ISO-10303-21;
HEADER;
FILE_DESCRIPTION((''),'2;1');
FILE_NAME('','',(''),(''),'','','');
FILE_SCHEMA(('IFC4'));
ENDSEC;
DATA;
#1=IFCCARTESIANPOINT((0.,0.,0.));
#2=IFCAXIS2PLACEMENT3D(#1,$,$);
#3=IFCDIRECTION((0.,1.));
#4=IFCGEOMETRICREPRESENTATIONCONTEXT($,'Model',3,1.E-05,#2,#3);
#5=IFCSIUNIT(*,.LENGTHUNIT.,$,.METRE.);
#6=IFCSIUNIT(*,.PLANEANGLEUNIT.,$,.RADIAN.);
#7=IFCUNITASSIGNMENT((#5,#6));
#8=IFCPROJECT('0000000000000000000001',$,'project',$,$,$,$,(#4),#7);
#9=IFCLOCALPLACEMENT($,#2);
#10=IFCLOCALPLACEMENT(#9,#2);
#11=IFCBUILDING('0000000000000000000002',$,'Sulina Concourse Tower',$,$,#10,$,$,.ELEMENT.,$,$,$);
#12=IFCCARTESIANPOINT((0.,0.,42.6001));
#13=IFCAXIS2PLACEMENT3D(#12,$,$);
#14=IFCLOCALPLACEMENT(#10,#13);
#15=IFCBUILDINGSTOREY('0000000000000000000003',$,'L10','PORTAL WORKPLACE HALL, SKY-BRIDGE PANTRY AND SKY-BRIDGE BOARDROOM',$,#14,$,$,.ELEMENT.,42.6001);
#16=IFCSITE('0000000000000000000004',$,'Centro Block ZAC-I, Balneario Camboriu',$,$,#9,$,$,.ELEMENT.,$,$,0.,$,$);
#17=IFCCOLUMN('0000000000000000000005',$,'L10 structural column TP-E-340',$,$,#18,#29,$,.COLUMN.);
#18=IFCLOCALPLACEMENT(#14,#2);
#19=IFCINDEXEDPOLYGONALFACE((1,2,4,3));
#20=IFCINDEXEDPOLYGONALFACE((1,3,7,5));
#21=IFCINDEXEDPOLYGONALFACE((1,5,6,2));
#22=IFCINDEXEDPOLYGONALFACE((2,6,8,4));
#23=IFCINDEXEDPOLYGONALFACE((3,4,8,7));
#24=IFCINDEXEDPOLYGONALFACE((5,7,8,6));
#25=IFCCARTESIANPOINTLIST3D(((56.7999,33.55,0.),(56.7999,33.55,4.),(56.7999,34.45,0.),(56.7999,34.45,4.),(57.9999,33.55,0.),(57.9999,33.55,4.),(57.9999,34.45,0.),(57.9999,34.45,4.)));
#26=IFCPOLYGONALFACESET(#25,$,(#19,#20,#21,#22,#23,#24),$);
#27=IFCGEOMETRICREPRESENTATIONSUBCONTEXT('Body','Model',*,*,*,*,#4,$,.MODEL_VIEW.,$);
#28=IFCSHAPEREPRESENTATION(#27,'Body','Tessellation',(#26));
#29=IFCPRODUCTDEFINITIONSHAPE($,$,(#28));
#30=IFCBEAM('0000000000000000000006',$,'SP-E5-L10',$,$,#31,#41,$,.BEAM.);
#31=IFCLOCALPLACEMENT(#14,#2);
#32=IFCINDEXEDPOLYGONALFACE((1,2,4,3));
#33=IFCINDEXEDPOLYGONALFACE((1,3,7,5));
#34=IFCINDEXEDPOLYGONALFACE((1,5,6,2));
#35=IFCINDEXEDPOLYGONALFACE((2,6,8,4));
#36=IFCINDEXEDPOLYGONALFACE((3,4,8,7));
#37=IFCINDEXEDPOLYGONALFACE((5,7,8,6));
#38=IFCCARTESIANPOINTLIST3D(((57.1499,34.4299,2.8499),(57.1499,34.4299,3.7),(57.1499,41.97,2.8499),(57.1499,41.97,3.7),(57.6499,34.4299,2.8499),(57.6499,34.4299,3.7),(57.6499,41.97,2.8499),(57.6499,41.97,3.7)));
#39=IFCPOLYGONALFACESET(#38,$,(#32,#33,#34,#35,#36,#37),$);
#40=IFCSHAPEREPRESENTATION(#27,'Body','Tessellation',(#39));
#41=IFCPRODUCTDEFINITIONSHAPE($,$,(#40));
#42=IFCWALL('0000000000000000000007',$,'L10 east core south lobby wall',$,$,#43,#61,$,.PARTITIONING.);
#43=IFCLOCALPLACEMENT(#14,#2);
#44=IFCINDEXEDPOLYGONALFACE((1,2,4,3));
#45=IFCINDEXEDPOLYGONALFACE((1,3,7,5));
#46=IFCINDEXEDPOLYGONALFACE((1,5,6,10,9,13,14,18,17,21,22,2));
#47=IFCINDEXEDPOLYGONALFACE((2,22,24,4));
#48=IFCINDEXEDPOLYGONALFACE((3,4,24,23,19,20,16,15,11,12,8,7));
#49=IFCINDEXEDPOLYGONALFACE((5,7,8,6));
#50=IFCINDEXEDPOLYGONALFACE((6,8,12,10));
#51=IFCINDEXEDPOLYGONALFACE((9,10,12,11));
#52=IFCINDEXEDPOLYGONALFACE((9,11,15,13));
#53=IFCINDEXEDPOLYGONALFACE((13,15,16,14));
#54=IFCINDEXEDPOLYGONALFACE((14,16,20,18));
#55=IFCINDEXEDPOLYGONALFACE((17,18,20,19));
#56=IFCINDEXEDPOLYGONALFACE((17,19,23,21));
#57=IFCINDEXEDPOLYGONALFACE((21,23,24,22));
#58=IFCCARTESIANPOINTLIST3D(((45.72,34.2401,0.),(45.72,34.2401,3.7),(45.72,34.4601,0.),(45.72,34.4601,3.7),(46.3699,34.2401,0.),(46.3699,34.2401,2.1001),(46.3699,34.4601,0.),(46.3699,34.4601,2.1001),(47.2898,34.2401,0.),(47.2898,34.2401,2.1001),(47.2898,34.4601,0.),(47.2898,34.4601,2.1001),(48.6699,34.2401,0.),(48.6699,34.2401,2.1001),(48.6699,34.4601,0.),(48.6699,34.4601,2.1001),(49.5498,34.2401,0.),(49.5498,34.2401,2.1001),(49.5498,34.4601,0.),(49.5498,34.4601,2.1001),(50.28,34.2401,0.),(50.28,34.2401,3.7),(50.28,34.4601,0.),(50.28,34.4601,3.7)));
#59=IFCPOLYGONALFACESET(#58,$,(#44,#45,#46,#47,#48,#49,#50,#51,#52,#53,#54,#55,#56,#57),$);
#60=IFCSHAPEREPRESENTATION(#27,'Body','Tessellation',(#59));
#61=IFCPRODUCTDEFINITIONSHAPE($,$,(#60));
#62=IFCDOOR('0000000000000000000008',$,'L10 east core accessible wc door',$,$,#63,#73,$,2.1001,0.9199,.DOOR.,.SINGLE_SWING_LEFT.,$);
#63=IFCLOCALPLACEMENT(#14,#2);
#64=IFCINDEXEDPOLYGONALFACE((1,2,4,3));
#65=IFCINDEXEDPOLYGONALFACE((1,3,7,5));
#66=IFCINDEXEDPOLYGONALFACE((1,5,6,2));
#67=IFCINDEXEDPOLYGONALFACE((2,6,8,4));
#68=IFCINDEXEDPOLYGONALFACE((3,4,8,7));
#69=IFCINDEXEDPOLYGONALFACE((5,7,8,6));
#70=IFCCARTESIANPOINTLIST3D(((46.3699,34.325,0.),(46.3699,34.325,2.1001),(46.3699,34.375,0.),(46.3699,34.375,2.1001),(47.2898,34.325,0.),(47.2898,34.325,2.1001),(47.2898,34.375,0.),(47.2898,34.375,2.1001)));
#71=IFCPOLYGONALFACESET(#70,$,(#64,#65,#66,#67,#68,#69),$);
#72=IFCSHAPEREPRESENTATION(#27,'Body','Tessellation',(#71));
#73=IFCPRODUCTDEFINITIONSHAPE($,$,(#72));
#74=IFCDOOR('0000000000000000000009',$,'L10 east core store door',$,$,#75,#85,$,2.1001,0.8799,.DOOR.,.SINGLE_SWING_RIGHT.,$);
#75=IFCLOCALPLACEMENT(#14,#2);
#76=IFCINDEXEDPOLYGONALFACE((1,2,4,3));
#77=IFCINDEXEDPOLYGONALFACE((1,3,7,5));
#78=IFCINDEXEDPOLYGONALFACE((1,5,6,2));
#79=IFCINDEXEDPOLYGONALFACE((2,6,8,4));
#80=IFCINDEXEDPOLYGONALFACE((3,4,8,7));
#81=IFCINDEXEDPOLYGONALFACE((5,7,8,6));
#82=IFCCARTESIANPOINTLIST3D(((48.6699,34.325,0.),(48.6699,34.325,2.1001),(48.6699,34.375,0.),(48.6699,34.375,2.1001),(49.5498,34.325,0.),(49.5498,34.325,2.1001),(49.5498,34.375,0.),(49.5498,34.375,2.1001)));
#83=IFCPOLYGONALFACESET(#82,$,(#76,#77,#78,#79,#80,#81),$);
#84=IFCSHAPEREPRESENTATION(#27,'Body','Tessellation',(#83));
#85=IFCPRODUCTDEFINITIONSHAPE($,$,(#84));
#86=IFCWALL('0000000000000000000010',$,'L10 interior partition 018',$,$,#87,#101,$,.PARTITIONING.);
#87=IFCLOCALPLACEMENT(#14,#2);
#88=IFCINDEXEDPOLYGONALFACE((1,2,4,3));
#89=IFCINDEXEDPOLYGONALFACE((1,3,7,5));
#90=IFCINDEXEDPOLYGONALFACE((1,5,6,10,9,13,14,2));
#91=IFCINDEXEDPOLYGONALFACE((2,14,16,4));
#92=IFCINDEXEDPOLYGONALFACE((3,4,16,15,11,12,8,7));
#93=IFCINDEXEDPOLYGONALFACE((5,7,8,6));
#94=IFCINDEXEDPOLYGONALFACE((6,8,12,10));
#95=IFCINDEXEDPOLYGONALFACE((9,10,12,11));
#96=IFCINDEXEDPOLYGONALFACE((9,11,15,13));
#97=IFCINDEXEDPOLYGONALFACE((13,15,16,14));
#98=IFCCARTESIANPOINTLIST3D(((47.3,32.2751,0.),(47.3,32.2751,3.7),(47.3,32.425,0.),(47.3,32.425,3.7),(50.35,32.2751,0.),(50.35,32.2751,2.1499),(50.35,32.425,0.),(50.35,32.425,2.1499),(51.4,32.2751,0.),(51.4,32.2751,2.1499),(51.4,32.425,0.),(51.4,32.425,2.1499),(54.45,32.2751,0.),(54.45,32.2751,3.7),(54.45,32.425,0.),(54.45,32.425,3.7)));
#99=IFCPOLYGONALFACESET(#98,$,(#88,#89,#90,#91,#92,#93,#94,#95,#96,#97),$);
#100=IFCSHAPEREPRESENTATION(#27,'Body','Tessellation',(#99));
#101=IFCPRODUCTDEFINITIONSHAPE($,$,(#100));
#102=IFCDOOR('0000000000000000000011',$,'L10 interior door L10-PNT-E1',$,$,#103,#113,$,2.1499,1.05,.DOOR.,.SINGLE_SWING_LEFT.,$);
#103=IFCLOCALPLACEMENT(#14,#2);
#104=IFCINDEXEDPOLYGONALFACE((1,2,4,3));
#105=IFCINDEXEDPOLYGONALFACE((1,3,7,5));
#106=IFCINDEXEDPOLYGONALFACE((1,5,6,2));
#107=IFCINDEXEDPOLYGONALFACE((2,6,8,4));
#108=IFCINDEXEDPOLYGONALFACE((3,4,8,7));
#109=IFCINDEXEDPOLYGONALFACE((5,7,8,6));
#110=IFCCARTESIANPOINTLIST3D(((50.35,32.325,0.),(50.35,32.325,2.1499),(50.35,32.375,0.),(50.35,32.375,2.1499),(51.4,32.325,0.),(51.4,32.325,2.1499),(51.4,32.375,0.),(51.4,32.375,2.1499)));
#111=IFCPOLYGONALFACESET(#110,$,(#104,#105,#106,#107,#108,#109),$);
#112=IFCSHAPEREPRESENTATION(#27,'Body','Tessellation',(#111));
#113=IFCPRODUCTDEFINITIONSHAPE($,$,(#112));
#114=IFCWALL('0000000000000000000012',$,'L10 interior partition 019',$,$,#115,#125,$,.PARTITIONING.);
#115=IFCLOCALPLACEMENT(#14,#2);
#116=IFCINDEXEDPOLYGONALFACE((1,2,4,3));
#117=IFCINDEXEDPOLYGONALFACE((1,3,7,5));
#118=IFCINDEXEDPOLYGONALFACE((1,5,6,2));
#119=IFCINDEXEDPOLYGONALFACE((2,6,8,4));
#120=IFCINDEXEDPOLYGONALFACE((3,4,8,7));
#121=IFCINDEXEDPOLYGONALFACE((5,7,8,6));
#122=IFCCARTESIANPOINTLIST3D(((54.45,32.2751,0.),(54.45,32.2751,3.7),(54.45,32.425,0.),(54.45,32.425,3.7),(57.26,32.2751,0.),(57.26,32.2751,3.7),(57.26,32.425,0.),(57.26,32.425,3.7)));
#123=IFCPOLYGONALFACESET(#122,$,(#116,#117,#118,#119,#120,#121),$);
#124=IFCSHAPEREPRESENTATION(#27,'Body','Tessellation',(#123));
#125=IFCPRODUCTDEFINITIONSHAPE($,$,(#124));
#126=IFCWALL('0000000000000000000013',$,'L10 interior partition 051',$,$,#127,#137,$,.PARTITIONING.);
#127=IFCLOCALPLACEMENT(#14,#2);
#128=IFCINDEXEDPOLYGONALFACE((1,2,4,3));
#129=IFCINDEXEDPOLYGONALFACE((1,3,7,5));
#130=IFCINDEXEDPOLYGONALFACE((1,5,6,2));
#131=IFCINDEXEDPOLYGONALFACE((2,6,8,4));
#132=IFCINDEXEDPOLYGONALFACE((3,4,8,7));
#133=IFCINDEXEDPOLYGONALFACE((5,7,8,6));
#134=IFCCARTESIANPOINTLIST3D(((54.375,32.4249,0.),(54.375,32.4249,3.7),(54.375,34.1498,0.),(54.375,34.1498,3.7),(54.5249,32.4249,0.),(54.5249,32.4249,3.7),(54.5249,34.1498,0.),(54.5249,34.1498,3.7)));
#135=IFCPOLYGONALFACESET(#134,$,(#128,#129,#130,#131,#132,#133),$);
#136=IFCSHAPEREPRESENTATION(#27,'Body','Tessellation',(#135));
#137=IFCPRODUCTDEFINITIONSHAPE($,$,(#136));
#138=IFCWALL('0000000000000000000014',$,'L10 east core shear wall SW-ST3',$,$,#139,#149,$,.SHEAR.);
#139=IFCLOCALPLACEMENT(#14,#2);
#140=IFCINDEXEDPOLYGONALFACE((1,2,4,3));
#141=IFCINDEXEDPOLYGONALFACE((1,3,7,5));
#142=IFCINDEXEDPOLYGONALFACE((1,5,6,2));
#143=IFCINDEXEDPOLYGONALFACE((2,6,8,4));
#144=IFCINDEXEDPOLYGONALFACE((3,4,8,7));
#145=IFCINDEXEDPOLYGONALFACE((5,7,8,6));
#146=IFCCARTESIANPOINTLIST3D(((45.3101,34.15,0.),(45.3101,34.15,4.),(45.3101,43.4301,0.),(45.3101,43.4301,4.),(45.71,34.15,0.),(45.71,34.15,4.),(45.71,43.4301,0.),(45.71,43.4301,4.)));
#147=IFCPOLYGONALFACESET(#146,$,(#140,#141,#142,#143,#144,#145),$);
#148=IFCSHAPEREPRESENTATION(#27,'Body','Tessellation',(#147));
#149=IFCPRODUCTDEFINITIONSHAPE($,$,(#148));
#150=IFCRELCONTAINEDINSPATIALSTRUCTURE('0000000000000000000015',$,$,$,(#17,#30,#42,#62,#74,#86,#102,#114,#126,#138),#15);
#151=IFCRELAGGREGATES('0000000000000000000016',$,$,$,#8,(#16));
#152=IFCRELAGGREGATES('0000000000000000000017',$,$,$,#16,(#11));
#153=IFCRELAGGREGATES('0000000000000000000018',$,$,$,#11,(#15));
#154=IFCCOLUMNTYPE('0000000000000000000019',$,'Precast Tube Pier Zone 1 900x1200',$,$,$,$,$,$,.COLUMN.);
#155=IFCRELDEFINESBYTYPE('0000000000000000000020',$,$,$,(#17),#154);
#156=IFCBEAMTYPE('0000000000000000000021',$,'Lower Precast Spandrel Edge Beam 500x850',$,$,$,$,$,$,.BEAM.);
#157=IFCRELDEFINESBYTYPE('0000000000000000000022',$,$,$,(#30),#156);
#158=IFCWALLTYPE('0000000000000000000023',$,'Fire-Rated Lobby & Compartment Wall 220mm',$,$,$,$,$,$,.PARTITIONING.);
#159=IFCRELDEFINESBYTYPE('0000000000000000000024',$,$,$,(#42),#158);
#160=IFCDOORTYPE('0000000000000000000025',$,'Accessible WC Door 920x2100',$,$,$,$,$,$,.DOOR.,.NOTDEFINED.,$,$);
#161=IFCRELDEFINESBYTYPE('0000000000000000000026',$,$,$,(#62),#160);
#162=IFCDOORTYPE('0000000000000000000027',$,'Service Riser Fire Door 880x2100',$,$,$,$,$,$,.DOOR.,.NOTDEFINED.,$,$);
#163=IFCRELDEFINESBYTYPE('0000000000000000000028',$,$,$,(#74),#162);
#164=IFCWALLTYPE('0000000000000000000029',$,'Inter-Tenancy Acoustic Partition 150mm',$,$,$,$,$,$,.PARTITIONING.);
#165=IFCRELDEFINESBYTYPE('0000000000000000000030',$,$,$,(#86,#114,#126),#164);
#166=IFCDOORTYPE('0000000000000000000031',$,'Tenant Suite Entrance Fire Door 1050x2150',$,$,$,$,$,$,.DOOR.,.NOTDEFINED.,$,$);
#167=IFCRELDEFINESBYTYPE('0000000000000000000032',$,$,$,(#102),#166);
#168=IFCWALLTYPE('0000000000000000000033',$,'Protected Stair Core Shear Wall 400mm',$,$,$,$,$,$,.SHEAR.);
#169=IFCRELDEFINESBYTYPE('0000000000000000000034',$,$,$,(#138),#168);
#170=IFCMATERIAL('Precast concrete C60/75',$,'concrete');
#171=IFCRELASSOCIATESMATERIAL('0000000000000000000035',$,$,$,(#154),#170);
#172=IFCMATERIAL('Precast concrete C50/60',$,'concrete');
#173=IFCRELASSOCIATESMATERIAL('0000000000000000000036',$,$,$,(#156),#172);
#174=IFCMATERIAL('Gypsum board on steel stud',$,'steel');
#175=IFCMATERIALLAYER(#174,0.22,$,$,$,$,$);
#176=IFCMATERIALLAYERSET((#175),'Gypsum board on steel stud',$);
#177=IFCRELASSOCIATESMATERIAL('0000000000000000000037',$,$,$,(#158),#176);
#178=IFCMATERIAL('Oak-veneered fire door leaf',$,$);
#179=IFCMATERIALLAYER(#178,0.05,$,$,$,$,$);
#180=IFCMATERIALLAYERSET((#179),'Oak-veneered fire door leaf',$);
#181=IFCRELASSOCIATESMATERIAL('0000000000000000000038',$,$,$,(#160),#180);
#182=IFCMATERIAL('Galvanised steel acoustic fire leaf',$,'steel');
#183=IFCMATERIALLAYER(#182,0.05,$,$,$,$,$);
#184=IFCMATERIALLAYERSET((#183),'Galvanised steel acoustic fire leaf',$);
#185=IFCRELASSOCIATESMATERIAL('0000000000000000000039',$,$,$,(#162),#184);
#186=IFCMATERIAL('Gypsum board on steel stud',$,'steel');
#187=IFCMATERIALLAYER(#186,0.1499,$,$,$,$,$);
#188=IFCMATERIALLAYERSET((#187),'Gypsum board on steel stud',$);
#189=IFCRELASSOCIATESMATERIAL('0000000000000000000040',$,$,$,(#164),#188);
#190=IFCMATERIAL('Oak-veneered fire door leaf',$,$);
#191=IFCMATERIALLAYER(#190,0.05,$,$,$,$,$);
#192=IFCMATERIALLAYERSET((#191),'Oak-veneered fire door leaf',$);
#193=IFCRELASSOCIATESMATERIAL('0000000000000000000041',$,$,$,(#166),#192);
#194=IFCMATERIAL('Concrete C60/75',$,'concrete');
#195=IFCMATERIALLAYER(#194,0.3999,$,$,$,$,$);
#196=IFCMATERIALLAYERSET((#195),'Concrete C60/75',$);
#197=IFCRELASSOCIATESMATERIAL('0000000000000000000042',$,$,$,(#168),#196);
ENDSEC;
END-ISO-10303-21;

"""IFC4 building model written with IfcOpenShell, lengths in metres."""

from ifc_helpers import new_model, si_unit, direction, frame, frame_2d, origin, origin_2d, place, context, subcontext, project, spatial, rectangle, extrude, material, layer, layer_set, material_profile, profile_set, type_object, element, fill, save


model = new_model("IFC4")

# Units and contexts
model_context = context("Model", 3, precision=1e-05, world=origin(), true_north=direction((0.0, 1.0)))
body_context = subcontext(model_context, "Body", "Model", "MODEL_VIEW")
ifc_project = project(units=[si_unit("LENGTHUNIT", "METRE"), si_unit("PLANEANGLEUNIT", "RADIAN")], contexts=[model_context])

# Site, building, storey
site_placement = place(None, origin())
site = spatial("IfcSite", under=ifc_project, at=site_placement, Name="Centro Block ZAC-I, Balneario Camboriu", CompositionType="ELEMENT", RefElevation=0.0)
building_placement = place(site_placement, origin())
building = spatial("IfcBuilding", under=site, at=building_placement, Name="Sulina Concourse Tower", CompositionType="ELEMENT")
storey_placement = place(building_placement, frame((0.0, 0.0, 42.6001)))
storey = spatial("IfcBuildingStorey", under=building, at=storey_placement, Name="L10", Description="PORTAL WORKPLACE HALL, SKY-BRIDGE PANTRY AND SKY-BRIDGE BOARDROOM", CompositionType="ELEMENT", Elevation=42.6001)

# Column
ifc_material_1 = material(Name="Precast concrete C60/75", Category="concrete")
ifc_material_profile_1 = material_profile(ifc_material_1, rectangle(XDim=0.8999, YDim=1.2, at=origin_2d()), Name="PC 900x1200")
ifc_profile_set_1 = profile_set([ifc_material_profile_1], Name="Precast concrete C60/75")
column_type = type_object("IfcColumnType", Name="Precast Tube Pier Zone 1 900x1200", PredefinedType="COLUMN", material=ifc_profile_set_1)
column_placement = place(storey_placement, frame((57.3999, 34.0, 0.0), z_axis=(0.0, 0.0, 1.0), x_axis=(0.0, 1.0, 0.0)))
element("IfcColumn", 1, at=column_placement, inside=storey, type_object=column_type, Name="L10 structural column TP-E-340", PredefinedType="COLUMN", context=body_context, shape_type="SweptSolid", body=[
    extrude(rectangle(XDim=0.8999, YDim=1.2, at=origin_2d()), origin(), (0.0, 0.0, 1.0), 4.0),
])

# Beam
ifc_material_2 = material(Name="Precast concrete C50/60", Category="concrete")
ifc_material_profile_2 = material_profile(ifc_material_2, rectangle(XDim=0.5, YDim=0.8501, at=origin_2d()), Name="RC 500x850")
ifc_profile_set_2 = profile_set([ifc_material_profile_2], Name="Precast concrete C50/60")
beam_type = type_object("IfcBeamType", Name="Lower Precast Spandrel Edge Beam 500x850", PredefinedType="BEAM", material=ifc_profile_set_2)
beam_placement = place(storey_placement, frame((57.3999, 34.4299, 3.2749), z_axis=(0.0, 1.0, 0.0), x_axis=(-1.0, 0.0, 0.0)))
element("IfcBeam", 2, at=beam_placement, inside=storey, type_object=beam_type, Name="SP-E5-L10", PredefinedType="BEAM", context=body_context, shape_type="SweptSolid", body=[
    extrude(rectangle(XDim=0.5, YDim=0.8501, at=origin_2d()), origin(), (0.0, 0.0, 1.0), 7.54),
])

# Wall, openings, doors
ifc_material_3 = material(Name="Gypsum board on steel stud", Category="steel")
ifc_layer_1 = layer(ifc_material_3, 0.22)
ifc_layer_set_1 = layer_set([ifc_layer_1], Name="Gypsum board on steel stud")
wall_type_1 = type_object("IfcWallType", Name="Fire-Rated Lobby & Compartment Wall 220mm", PredefinedType="PARTITIONING", material=ifc_layer_set_1)
wall_1_placement = place(storey_placement, frame((45.72, 34.3501, 0.0), z_axis=(0.0, 0.0, 1.0), x_axis=(1.0, 0.0, 0.0)))
wall_1 = element("IfcWall", 3, at=wall_1_placement, inside=storey, type_object=wall_type_1, Name="L10 east core south lobby wall", PredefinedType="PARTITIONING", context=body_context, shape_type="SweptSolid", body=[
    extrude(rectangle(XDim=4.5601, YDim=0.22, at=frame_2d((2.28, 0.0))), origin(), (0.0, 0.0, 1.0), 3.7),
])
opening_1_placement = place(wall_1_placement, frame((0.6499, 0.0, 0.0)))
opening_1 = element("IfcOpeningElement", 4, at=opening_1_placement, cuts=wall_1, PredefinedType="OPENING", context=body_context, shape_type="SweptSolid", body=[
    extrude(rectangle(XDim=0.9199, YDim=2.1001, at=frame_2d((0.46, 1.05))), frame((0.0, 0.1199, 0.0), z_axis=(0.0, -1.0, 0.0), x_axis=(1.0, 0.0, 0.0)), (0.0, 0.0, 1.0), 0.24),
])
opening_2_placement = place(wall_1_placement, frame((2.95, 0.0, 0.0)))
opening_2 = element("IfcOpeningElement", 5, at=opening_2_placement, cuts=wall_1, PredefinedType="OPENING", context=body_context, shape_type="SweptSolid", body=[
    extrude(rectangle(XDim=0.8799, YDim=2.1001, at=frame_2d((0.4399, 1.05))), frame((0.0, 0.1199, 0.0), z_axis=(0.0, -1.0, 0.0), x_axis=(1.0, 0.0, 0.0)), (0.0, 0.0, 1.0), 0.24),
])
ifc_material_4 = material(Name="Oak-veneered fire door leaf")
ifc_layer_2 = layer(ifc_material_4, 0.05)
ifc_layer_set_2 = layer_set([ifc_layer_2], Name="Oak-veneered fire door leaf")
door_type_1 = type_object("IfcDoorType", Name="Accessible WC Door 920x2100", OperationType="NOTDEFINED", PredefinedType="DOOR", material=ifc_layer_set_2)
door_1_placement = place(opening_1_placement, origin())
door_1 = element("IfcDoor", 6, at=door_1_placement, inside=storey, type_object=door_type_1, Name="L10 east core accessible wc door", OperationType="SINGLE_SWING_LEFT", OverallHeight=2.1001, OverallWidth=0.9199, PredefinedType="DOOR", context=body_context, shape_type="SweptSolid", body=[
    extrude(rectangle(XDim=0.9199, YDim=2.1001, at=frame_2d((0.46, 1.05))), frame((0.0, 0.0249, 0.0), z_axis=(0.0, -1.0, 0.0), x_axis=(1.0, 0.0, 0.0)), (0.0, 0.0, 1.0), 0.05),
])
fill(opening_1, door_1)
ifc_material_5 = material(Name="Galvanised steel acoustic fire leaf", Category="steel")
ifc_layer_3 = layer(ifc_material_5, 0.05)
ifc_layer_set_3 = layer_set([ifc_layer_3], Name="Galvanised steel acoustic fire leaf")
door_type_2 = type_object("IfcDoorType", Name="Service Riser Fire Door 880x2100", OperationType="NOTDEFINED", PredefinedType="DOOR", material=ifc_layer_set_3)
door_2_placement = place(opening_2_placement, origin())
door_2 = element("IfcDoor", 7, at=door_2_placement, inside=storey, type_object=door_type_2, Name="L10 east core store door", OperationType="SINGLE_SWING_RIGHT", OverallHeight=2.1001, OverallWidth=0.8799, PredefinedType="DOOR", context=body_context, shape_type="SweptSolid", body=[
    extrude(rectangle(XDim=0.8799, YDim=2.1001, at=frame_2d((0.4399, 1.05))), frame((0.0, 0.0249, 0.0), z_axis=(0.0, -1.0, 0.0), x_axis=(1.0, 0.0, 0.0)), (0.0, 0.0, 1.0), 0.05),
])
fill(opening_2, door_2)

# Wall, opening, door
ifc_material_6 = material(Name="Gypsum board on steel stud", Category="steel")
ifc_layer_4 = layer(ifc_material_6, 0.1499)
ifc_layer_set_4 = layer_set([ifc_layer_4], Name="Gypsum board on steel stud")
wall_type_2 = type_object("IfcWallType", Name="Inter-Tenancy Acoustic Partition 150mm", PredefinedType="PARTITIONING", material=ifc_layer_set_4)
wall_2_placement = place(storey_placement, frame((47.3, 32.3501, 0.0), z_axis=(0.0, 0.0, 1.0), x_axis=(1.0, 0.0, 0.0)))
wall_2 = element("IfcWall", 8, at=wall_2_placement, inside=storey, type_object=wall_type_2, Name="L10 interior partition 018", PredefinedType="PARTITIONING", context=body_context, shape_type="SweptSolid", body=[
    extrude(rectangle(XDim=7.1499, YDim=0.1499, at=frame_2d((3.575, 0.0))), origin(), (0.0, 0.0, 1.0), 3.7),
])
opening_3_placement = place(wall_2_placement, frame((3.05, 0.0, 0.0)))
opening_3 = element("IfcOpeningElement", 9, at=opening_3_placement, cuts=wall_2, PredefinedType="OPENING", context=body_context, shape_type="SweptSolid", body=[
    extrude(rectangle(XDim=1.05, YDim=2.1499, at=frame_2d((0.5249, 1.075))), frame((0.0, 0.085, 0.0), z_axis=(0.0, -1.0, 0.0), x_axis=(1.0, 0.0, 0.0)), (0.0, 0.0, 1.0), 0.1699),
])
ifc_material_7 = material(Name="Oak-veneered fire door leaf")
ifc_layer_5 = layer(ifc_material_7, 0.05)
ifc_layer_set_5 = layer_set([ifc_layer_5], Name="Oak-veneered fire door leaf")
door_type_3 = type_object("IfcDoorType", Name="Tenant Suite Entrance Fire Door 1050x2150", OperationType="NOTDEFINED", PredefinedType="DOOR", material=ifc_layer_set_5)
door_3_placement = place(opening_3_placement, origin())
door_3 = element("IfcDoor", 10, at=door_3_placement, inside=storey, type_object=door_type_3, Name="L10 interior door L10-PNT-E1", OperationType="SINGLE_SWING_LEFT", OverallHeight=2.1499, OverallWidth=1.05, PredefinedType="DOOR", context=body_context, shape_type="SweptSolid", body=[
    extrude(rectangle(XDim=1.05, YDim=2.1499, at=frame_2d((0.5249, 1.075))), frame((0.0, 0.0249, 0.0), z_axis=(0.0, -1.0, 0.0), x_axis=(1.0, 0.0, 0.0)), (0.0, 0.0, 1.0), 0.05),
])
fill(opening_3, door_3)

# Walls
wall_3_placement = place(storey_placement, frame((54.45, 32.3501, 0.0), z_axis=(0.0, 0.0, 1.0), x_axis=(1.0, 0.0, 0.0)))
element("IfcWall", 11, at=wall_3_placement, inside=storey, type_object=wall_type_2, Name="L10 interior partition 019", PredefinedType="PARTITIONING", context=body_context, shape_type="SweptSolid", body=[
    extrude(rectangle(XDim=2.8101, YDim=0.1499, at=frame_2d((1.405, 0.0))), origin(), (0.0, 0.0, 1.0), 3.7),
])
wall_4_placement = place(storey_placement, frame((54.45, 32.425, 0.0), z_axis=(0.0, 0.0, 1.0), x_axis=(0.0, 1.0, 0.0)))
element("IfcWall", 12, at=wall_4_placement, inside=storey, type_object=wall_type_2, Name="L10 interior partition 051", PredefinedType="PARTITIONING", context=body_context, shape_type="SweptSolid", body=[
    extrude(rectangle(XDim=1.7249, YDim=0.1499, at=frame_2d((0.8623, 0.0))), origin(), (0.0, 0.0, 1.0), 3.7),
])
ifc_material_8 = material(Name="Concrete C60/75", Category="concrete")
ifc_layer_6 = layer(ifc_material_8, 0.3999)
ifc_layer_set_6 = layer_set([ifc_layer_6], Name="Concrete C60/75")
wall_type_3 = type_object("IfcWallType", Name="Protected Stair Core Shear Wall 400mm", PredefinedType="SHEAR", material=ifc_layer_set_6)
wall_5_placement = place(storey_placement, frame((45.51, 34.1499, 0.0), z_axis=(0.0, 0.0, 1.0), x_axis=(0.0, 1.0, 0.0)))
element("IfcWall", 13, at=wall_5_placement, inside=storey, type_object=wall_type_3, Name="L10 east core shear wall SW-ST3", PredefinedType="SHEAR", context=body_context, shape_type="SweptSolid", body=[
    extrude(rectangle(XDim=9.28, YDim=0.3999, at=frame_2d((4.6401, 0.0))), origin(), (0.0, 0.0, 1.0), 4.0),
])

save(model, "model.ifc")
